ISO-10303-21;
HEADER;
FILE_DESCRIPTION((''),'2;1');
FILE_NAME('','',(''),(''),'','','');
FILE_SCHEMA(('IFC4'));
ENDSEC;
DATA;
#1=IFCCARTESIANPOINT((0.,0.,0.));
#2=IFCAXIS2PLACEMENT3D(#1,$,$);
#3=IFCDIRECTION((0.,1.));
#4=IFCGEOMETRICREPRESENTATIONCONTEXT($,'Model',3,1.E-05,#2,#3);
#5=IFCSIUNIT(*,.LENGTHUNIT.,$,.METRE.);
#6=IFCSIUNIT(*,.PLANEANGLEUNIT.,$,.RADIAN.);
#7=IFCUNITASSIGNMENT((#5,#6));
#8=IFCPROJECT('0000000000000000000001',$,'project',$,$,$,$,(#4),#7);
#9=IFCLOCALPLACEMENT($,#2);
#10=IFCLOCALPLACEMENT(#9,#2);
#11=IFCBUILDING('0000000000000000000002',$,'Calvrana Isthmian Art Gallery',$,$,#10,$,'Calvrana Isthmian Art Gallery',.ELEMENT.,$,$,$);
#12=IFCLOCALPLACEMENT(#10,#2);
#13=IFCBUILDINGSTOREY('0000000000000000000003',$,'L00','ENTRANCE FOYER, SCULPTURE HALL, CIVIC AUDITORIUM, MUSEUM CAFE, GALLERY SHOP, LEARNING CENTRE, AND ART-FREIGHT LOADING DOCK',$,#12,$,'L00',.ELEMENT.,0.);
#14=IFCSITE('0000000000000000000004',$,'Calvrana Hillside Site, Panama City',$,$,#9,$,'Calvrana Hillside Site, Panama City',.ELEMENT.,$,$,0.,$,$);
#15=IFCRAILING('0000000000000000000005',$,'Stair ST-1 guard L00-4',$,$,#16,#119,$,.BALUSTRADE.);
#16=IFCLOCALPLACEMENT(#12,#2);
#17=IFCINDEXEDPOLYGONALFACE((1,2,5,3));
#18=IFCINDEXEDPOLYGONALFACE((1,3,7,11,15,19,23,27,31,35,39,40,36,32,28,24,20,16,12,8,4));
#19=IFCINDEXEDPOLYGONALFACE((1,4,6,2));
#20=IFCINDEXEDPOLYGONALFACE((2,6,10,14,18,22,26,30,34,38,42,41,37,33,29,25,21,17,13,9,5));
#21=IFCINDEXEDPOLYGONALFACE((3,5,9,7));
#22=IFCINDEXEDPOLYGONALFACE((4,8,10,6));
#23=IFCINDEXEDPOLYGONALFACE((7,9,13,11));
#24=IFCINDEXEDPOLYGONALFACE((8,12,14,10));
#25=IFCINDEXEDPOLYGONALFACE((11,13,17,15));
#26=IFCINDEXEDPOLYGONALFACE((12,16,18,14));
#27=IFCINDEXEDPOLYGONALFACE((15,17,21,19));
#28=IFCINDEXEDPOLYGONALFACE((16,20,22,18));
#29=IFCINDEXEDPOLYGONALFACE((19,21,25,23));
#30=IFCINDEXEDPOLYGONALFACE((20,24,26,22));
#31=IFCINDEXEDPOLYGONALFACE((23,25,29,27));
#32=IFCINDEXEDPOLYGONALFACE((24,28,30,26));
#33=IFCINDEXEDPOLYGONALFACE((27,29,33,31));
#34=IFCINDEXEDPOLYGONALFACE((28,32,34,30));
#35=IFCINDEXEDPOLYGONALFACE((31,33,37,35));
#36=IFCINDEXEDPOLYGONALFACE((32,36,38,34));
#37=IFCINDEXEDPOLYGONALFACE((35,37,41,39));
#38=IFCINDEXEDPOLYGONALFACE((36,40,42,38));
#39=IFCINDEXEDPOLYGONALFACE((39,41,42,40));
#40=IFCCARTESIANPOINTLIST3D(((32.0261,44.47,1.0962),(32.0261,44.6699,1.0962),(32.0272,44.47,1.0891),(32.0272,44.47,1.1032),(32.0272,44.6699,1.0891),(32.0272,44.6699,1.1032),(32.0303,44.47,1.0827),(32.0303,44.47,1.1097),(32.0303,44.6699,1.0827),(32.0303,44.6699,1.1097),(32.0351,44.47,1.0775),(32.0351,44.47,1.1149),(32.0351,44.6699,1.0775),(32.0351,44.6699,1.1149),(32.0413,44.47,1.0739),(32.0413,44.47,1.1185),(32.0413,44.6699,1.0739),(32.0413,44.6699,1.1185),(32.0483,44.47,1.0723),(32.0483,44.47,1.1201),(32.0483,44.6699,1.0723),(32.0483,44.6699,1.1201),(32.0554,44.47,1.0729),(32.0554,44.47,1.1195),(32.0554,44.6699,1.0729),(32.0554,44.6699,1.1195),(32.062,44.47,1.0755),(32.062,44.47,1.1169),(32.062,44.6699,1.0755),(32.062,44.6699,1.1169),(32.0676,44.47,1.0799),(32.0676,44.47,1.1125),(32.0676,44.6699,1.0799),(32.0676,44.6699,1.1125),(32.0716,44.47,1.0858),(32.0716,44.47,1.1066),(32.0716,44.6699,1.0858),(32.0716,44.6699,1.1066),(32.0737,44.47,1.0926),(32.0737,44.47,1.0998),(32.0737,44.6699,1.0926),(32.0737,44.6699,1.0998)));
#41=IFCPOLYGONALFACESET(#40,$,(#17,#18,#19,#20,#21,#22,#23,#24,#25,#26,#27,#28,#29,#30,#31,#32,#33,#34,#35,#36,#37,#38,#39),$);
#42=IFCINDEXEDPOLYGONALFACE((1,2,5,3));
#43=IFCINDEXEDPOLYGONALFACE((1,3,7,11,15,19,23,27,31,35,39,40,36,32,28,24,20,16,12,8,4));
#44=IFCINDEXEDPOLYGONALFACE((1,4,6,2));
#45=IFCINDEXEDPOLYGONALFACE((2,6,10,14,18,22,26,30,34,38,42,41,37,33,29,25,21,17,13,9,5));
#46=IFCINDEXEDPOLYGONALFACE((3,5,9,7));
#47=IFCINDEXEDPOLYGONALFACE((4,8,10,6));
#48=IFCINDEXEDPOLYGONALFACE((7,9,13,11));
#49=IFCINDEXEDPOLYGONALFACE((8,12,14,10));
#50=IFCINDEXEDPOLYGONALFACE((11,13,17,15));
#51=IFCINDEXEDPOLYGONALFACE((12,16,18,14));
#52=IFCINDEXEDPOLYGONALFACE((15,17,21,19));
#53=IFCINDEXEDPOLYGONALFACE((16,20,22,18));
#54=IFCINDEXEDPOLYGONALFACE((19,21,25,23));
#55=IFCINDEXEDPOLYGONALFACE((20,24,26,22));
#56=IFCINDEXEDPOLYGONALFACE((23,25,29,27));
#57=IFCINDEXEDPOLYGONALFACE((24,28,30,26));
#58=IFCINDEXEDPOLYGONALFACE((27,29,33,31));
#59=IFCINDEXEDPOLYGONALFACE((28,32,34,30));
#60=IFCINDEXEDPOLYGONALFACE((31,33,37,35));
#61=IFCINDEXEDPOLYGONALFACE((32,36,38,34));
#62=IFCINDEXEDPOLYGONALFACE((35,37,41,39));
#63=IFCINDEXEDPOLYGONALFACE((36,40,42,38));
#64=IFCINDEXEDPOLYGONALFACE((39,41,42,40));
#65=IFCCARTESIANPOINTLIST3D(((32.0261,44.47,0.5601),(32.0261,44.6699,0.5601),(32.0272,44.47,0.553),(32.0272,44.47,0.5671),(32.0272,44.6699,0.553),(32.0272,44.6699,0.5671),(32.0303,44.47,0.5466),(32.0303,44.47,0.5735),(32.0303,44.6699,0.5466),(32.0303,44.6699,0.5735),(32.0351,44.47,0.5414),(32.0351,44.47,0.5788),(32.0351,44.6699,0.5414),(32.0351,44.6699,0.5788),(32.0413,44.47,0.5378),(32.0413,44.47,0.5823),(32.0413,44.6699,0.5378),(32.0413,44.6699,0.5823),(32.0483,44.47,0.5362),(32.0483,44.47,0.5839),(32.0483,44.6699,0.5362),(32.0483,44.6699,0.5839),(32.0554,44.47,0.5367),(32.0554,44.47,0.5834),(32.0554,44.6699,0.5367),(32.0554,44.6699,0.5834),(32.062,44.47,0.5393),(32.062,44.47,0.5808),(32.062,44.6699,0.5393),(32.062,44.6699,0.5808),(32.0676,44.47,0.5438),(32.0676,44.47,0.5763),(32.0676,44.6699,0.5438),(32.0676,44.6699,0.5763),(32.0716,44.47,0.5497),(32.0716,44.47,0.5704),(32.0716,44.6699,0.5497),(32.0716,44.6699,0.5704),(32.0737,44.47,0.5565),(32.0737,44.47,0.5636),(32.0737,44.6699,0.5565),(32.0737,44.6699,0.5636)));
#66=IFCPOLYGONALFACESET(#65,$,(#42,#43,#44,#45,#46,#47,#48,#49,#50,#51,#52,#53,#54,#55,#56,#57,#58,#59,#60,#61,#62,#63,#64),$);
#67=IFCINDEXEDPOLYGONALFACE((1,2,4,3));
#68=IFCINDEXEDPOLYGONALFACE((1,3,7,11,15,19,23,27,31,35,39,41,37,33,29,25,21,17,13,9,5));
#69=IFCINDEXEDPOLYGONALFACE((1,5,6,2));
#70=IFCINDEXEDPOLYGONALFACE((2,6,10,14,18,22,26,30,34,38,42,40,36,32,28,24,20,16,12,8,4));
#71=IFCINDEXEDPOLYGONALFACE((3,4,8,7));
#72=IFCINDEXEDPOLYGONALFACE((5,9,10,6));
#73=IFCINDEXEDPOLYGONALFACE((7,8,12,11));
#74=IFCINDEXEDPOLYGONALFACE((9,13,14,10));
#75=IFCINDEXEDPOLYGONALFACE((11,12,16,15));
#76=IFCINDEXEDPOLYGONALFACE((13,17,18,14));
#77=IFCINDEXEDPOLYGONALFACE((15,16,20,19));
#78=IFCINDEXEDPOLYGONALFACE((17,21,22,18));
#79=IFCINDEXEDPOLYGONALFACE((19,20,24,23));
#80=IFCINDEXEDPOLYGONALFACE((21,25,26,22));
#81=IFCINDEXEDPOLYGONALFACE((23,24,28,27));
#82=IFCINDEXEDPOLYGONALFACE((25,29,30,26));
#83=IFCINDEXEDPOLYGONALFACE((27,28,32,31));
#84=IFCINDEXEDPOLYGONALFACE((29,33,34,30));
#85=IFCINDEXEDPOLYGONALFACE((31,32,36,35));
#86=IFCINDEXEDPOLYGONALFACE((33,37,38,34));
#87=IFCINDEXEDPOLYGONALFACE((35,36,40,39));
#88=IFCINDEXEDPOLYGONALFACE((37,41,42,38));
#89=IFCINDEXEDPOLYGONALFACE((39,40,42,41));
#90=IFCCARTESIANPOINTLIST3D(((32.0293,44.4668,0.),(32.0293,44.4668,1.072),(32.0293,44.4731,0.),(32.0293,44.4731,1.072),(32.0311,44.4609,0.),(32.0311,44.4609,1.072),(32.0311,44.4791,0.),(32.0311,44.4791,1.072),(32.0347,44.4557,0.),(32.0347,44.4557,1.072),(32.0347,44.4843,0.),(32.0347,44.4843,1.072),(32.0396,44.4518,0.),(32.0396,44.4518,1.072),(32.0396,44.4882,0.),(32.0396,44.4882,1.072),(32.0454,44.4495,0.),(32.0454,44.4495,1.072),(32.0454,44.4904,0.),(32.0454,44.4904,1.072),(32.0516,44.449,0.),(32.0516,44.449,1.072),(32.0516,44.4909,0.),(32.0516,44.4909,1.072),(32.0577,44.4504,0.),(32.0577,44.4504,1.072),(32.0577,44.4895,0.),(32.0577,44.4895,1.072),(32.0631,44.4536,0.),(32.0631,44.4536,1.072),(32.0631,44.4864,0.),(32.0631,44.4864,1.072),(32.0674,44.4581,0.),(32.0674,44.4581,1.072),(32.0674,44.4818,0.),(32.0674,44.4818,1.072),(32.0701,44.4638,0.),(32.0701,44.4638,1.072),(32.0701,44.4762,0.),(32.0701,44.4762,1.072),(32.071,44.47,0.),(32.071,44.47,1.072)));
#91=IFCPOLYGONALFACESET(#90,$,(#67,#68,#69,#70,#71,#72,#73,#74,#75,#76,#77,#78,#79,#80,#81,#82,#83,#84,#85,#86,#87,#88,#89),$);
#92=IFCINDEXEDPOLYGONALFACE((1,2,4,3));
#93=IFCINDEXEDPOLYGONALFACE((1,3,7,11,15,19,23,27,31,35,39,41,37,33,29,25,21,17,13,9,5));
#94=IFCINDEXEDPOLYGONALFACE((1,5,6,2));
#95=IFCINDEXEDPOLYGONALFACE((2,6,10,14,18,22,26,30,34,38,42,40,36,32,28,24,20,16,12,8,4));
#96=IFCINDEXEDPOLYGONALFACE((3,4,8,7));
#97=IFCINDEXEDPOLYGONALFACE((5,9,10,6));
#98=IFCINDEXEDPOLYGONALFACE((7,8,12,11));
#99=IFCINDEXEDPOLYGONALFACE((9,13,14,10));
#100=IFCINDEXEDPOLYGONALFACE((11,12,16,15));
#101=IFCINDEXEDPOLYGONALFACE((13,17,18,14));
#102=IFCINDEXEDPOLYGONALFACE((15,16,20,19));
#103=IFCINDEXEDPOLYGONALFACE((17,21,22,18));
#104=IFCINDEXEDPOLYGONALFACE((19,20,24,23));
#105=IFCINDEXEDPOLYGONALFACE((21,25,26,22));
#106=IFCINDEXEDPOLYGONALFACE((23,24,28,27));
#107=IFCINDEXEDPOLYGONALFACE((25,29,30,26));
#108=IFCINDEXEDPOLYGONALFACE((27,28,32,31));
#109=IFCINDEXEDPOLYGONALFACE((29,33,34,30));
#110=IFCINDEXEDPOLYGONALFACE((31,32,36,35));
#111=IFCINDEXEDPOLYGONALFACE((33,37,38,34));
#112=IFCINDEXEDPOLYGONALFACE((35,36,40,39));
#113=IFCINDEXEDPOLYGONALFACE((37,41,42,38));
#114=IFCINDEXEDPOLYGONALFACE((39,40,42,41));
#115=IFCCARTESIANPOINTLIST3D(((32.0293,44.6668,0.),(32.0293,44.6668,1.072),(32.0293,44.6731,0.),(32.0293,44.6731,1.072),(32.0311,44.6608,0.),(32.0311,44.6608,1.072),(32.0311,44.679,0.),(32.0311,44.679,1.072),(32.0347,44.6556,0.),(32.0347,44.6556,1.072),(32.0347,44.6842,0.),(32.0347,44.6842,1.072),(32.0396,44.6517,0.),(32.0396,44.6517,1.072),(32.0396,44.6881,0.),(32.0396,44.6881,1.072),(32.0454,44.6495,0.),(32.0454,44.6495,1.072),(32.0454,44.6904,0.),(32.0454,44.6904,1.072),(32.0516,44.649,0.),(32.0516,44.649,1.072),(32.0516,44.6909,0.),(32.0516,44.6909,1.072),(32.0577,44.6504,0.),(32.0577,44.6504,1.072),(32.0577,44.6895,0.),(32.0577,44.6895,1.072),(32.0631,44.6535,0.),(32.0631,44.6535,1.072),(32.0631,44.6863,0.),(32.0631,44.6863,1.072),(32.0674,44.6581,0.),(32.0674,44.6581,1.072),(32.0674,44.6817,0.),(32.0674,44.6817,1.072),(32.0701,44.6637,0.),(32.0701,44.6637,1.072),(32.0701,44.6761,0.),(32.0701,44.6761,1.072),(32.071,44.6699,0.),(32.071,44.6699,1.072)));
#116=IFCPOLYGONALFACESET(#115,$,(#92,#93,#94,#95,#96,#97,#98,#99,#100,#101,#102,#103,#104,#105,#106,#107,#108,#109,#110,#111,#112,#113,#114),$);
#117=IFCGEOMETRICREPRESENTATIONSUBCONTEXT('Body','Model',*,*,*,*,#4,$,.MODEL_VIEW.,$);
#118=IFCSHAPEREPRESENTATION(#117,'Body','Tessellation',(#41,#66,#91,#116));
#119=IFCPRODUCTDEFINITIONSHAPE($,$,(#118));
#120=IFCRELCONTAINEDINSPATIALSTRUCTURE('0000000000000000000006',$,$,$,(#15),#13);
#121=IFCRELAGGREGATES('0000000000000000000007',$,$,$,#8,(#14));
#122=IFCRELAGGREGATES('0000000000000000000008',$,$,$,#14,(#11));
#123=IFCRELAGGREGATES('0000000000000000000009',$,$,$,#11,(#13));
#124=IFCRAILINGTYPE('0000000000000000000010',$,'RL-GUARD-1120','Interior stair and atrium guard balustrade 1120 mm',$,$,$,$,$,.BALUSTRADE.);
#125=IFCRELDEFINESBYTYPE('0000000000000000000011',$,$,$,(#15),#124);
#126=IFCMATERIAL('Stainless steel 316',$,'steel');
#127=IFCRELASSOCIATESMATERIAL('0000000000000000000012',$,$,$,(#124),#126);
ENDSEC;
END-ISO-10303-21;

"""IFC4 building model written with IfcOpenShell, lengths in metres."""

from ifc_helpers import new_model, si_unit, direction, frame, origin, origin_2d, place, context, subcontext, project, spatial, circle, extrude, material, type_object, element, save


model = new_model("IFC4")

# Units and contexts
model_context = context("Model", 3, precision=1e-05, world=origin(), true_north=direction((0.0, 1.0)))
body_context = subcontext(model_context, "Body", "Model", "MODEL_VIEW")
ifc_project = project(units=[si_unit("LENGTHUNIT", "METRE"), si_unit("PLANEANGLEUNIT", "RADIAN")], contexts=[model_context])

# Site, building, storey
site_placement = place(None, origin())
site = spatial("IfcSite", under=ifc_project, at=site_placement, Name="Calvrana Hillside Site, Panama City", LongName="Calvrana Hillside Site, Panama City", CompositionType="ELEMENT", RefElevation=0.0)
building_placement = place(site_placement, origin())
building = spatial("IfcBuilding", under=site, at=building_placement, Name="Calvrana Isthmian Art Gallery", LongName="Calvrana Isthmian Art Gallery", CompositionType="ELEMENT")
storey_placement = place(building_placement, origin())
storey = spatial("IfcBuildingStorey", under=building, at=storey_placement, Name="L00", Description="ENTRANCE FOYER, SCULPTURE HALL, CIVIC AUDITORIUM, MUSEUM CAFE, GALLERY SHOP, LEARNING CENTRE, AND ART-FREIGHT LOADING DOCK", LongName="L00", CompositionType="ELEMENT", Elevation=0.0)

# Railing
ifc_material_1 = material(Name="Stainless steel 316", Category="steel")
railing_type_1 = type_object("IfcRailingType", Name="RL-GUARD-1120", Description="Interior stair and atrium guard balustrade 1120 mm", PredefinedType="BALUSTRADE", material=ifc_material_1)
railing_1_placement = place(storey_placement, frame((32.05, 44.47, 0.0)))
element("IfcRailing", 1, at=railing_1_placement, inside=storey, type_object=railing_type_1, Name="Stair ST-1 guard L00-4", PredefinedType="BALUSTRADE", context=body_context, shape_type="SweptSolid", body=[
    extrude(circle(Radius=0.0239, at=origin_2d()), frame((0.0, 0.0, 1.0962), z_axis=(0.0, 1.0, 0.0), x_axis=(-1.0, 0.0, 0.0)), (0.0, 0.0, 1.0), 0.2),
    extrude(circle(Radius=0.0239, at=origin_2d()), frame((0.0, 0.0, 0.5601), z_axis=(0.0, 1.0, 0.0), x_axis=(-1.0, 0.0, 0.0)), (0.0, 0.0, 1.0), 0.2),
    extrude(circle(Radius=0.021, at=origin_2d()), origin(), (0.0, 0.0, 1.0), 1.072),
    extrude(circle(Radius=0.021, at=origin_2d()), frame((0.0, 0.2, 0.0)), (0.0, 0.0, 1.0), 1.072),
])

save(model, "model.ifc")
